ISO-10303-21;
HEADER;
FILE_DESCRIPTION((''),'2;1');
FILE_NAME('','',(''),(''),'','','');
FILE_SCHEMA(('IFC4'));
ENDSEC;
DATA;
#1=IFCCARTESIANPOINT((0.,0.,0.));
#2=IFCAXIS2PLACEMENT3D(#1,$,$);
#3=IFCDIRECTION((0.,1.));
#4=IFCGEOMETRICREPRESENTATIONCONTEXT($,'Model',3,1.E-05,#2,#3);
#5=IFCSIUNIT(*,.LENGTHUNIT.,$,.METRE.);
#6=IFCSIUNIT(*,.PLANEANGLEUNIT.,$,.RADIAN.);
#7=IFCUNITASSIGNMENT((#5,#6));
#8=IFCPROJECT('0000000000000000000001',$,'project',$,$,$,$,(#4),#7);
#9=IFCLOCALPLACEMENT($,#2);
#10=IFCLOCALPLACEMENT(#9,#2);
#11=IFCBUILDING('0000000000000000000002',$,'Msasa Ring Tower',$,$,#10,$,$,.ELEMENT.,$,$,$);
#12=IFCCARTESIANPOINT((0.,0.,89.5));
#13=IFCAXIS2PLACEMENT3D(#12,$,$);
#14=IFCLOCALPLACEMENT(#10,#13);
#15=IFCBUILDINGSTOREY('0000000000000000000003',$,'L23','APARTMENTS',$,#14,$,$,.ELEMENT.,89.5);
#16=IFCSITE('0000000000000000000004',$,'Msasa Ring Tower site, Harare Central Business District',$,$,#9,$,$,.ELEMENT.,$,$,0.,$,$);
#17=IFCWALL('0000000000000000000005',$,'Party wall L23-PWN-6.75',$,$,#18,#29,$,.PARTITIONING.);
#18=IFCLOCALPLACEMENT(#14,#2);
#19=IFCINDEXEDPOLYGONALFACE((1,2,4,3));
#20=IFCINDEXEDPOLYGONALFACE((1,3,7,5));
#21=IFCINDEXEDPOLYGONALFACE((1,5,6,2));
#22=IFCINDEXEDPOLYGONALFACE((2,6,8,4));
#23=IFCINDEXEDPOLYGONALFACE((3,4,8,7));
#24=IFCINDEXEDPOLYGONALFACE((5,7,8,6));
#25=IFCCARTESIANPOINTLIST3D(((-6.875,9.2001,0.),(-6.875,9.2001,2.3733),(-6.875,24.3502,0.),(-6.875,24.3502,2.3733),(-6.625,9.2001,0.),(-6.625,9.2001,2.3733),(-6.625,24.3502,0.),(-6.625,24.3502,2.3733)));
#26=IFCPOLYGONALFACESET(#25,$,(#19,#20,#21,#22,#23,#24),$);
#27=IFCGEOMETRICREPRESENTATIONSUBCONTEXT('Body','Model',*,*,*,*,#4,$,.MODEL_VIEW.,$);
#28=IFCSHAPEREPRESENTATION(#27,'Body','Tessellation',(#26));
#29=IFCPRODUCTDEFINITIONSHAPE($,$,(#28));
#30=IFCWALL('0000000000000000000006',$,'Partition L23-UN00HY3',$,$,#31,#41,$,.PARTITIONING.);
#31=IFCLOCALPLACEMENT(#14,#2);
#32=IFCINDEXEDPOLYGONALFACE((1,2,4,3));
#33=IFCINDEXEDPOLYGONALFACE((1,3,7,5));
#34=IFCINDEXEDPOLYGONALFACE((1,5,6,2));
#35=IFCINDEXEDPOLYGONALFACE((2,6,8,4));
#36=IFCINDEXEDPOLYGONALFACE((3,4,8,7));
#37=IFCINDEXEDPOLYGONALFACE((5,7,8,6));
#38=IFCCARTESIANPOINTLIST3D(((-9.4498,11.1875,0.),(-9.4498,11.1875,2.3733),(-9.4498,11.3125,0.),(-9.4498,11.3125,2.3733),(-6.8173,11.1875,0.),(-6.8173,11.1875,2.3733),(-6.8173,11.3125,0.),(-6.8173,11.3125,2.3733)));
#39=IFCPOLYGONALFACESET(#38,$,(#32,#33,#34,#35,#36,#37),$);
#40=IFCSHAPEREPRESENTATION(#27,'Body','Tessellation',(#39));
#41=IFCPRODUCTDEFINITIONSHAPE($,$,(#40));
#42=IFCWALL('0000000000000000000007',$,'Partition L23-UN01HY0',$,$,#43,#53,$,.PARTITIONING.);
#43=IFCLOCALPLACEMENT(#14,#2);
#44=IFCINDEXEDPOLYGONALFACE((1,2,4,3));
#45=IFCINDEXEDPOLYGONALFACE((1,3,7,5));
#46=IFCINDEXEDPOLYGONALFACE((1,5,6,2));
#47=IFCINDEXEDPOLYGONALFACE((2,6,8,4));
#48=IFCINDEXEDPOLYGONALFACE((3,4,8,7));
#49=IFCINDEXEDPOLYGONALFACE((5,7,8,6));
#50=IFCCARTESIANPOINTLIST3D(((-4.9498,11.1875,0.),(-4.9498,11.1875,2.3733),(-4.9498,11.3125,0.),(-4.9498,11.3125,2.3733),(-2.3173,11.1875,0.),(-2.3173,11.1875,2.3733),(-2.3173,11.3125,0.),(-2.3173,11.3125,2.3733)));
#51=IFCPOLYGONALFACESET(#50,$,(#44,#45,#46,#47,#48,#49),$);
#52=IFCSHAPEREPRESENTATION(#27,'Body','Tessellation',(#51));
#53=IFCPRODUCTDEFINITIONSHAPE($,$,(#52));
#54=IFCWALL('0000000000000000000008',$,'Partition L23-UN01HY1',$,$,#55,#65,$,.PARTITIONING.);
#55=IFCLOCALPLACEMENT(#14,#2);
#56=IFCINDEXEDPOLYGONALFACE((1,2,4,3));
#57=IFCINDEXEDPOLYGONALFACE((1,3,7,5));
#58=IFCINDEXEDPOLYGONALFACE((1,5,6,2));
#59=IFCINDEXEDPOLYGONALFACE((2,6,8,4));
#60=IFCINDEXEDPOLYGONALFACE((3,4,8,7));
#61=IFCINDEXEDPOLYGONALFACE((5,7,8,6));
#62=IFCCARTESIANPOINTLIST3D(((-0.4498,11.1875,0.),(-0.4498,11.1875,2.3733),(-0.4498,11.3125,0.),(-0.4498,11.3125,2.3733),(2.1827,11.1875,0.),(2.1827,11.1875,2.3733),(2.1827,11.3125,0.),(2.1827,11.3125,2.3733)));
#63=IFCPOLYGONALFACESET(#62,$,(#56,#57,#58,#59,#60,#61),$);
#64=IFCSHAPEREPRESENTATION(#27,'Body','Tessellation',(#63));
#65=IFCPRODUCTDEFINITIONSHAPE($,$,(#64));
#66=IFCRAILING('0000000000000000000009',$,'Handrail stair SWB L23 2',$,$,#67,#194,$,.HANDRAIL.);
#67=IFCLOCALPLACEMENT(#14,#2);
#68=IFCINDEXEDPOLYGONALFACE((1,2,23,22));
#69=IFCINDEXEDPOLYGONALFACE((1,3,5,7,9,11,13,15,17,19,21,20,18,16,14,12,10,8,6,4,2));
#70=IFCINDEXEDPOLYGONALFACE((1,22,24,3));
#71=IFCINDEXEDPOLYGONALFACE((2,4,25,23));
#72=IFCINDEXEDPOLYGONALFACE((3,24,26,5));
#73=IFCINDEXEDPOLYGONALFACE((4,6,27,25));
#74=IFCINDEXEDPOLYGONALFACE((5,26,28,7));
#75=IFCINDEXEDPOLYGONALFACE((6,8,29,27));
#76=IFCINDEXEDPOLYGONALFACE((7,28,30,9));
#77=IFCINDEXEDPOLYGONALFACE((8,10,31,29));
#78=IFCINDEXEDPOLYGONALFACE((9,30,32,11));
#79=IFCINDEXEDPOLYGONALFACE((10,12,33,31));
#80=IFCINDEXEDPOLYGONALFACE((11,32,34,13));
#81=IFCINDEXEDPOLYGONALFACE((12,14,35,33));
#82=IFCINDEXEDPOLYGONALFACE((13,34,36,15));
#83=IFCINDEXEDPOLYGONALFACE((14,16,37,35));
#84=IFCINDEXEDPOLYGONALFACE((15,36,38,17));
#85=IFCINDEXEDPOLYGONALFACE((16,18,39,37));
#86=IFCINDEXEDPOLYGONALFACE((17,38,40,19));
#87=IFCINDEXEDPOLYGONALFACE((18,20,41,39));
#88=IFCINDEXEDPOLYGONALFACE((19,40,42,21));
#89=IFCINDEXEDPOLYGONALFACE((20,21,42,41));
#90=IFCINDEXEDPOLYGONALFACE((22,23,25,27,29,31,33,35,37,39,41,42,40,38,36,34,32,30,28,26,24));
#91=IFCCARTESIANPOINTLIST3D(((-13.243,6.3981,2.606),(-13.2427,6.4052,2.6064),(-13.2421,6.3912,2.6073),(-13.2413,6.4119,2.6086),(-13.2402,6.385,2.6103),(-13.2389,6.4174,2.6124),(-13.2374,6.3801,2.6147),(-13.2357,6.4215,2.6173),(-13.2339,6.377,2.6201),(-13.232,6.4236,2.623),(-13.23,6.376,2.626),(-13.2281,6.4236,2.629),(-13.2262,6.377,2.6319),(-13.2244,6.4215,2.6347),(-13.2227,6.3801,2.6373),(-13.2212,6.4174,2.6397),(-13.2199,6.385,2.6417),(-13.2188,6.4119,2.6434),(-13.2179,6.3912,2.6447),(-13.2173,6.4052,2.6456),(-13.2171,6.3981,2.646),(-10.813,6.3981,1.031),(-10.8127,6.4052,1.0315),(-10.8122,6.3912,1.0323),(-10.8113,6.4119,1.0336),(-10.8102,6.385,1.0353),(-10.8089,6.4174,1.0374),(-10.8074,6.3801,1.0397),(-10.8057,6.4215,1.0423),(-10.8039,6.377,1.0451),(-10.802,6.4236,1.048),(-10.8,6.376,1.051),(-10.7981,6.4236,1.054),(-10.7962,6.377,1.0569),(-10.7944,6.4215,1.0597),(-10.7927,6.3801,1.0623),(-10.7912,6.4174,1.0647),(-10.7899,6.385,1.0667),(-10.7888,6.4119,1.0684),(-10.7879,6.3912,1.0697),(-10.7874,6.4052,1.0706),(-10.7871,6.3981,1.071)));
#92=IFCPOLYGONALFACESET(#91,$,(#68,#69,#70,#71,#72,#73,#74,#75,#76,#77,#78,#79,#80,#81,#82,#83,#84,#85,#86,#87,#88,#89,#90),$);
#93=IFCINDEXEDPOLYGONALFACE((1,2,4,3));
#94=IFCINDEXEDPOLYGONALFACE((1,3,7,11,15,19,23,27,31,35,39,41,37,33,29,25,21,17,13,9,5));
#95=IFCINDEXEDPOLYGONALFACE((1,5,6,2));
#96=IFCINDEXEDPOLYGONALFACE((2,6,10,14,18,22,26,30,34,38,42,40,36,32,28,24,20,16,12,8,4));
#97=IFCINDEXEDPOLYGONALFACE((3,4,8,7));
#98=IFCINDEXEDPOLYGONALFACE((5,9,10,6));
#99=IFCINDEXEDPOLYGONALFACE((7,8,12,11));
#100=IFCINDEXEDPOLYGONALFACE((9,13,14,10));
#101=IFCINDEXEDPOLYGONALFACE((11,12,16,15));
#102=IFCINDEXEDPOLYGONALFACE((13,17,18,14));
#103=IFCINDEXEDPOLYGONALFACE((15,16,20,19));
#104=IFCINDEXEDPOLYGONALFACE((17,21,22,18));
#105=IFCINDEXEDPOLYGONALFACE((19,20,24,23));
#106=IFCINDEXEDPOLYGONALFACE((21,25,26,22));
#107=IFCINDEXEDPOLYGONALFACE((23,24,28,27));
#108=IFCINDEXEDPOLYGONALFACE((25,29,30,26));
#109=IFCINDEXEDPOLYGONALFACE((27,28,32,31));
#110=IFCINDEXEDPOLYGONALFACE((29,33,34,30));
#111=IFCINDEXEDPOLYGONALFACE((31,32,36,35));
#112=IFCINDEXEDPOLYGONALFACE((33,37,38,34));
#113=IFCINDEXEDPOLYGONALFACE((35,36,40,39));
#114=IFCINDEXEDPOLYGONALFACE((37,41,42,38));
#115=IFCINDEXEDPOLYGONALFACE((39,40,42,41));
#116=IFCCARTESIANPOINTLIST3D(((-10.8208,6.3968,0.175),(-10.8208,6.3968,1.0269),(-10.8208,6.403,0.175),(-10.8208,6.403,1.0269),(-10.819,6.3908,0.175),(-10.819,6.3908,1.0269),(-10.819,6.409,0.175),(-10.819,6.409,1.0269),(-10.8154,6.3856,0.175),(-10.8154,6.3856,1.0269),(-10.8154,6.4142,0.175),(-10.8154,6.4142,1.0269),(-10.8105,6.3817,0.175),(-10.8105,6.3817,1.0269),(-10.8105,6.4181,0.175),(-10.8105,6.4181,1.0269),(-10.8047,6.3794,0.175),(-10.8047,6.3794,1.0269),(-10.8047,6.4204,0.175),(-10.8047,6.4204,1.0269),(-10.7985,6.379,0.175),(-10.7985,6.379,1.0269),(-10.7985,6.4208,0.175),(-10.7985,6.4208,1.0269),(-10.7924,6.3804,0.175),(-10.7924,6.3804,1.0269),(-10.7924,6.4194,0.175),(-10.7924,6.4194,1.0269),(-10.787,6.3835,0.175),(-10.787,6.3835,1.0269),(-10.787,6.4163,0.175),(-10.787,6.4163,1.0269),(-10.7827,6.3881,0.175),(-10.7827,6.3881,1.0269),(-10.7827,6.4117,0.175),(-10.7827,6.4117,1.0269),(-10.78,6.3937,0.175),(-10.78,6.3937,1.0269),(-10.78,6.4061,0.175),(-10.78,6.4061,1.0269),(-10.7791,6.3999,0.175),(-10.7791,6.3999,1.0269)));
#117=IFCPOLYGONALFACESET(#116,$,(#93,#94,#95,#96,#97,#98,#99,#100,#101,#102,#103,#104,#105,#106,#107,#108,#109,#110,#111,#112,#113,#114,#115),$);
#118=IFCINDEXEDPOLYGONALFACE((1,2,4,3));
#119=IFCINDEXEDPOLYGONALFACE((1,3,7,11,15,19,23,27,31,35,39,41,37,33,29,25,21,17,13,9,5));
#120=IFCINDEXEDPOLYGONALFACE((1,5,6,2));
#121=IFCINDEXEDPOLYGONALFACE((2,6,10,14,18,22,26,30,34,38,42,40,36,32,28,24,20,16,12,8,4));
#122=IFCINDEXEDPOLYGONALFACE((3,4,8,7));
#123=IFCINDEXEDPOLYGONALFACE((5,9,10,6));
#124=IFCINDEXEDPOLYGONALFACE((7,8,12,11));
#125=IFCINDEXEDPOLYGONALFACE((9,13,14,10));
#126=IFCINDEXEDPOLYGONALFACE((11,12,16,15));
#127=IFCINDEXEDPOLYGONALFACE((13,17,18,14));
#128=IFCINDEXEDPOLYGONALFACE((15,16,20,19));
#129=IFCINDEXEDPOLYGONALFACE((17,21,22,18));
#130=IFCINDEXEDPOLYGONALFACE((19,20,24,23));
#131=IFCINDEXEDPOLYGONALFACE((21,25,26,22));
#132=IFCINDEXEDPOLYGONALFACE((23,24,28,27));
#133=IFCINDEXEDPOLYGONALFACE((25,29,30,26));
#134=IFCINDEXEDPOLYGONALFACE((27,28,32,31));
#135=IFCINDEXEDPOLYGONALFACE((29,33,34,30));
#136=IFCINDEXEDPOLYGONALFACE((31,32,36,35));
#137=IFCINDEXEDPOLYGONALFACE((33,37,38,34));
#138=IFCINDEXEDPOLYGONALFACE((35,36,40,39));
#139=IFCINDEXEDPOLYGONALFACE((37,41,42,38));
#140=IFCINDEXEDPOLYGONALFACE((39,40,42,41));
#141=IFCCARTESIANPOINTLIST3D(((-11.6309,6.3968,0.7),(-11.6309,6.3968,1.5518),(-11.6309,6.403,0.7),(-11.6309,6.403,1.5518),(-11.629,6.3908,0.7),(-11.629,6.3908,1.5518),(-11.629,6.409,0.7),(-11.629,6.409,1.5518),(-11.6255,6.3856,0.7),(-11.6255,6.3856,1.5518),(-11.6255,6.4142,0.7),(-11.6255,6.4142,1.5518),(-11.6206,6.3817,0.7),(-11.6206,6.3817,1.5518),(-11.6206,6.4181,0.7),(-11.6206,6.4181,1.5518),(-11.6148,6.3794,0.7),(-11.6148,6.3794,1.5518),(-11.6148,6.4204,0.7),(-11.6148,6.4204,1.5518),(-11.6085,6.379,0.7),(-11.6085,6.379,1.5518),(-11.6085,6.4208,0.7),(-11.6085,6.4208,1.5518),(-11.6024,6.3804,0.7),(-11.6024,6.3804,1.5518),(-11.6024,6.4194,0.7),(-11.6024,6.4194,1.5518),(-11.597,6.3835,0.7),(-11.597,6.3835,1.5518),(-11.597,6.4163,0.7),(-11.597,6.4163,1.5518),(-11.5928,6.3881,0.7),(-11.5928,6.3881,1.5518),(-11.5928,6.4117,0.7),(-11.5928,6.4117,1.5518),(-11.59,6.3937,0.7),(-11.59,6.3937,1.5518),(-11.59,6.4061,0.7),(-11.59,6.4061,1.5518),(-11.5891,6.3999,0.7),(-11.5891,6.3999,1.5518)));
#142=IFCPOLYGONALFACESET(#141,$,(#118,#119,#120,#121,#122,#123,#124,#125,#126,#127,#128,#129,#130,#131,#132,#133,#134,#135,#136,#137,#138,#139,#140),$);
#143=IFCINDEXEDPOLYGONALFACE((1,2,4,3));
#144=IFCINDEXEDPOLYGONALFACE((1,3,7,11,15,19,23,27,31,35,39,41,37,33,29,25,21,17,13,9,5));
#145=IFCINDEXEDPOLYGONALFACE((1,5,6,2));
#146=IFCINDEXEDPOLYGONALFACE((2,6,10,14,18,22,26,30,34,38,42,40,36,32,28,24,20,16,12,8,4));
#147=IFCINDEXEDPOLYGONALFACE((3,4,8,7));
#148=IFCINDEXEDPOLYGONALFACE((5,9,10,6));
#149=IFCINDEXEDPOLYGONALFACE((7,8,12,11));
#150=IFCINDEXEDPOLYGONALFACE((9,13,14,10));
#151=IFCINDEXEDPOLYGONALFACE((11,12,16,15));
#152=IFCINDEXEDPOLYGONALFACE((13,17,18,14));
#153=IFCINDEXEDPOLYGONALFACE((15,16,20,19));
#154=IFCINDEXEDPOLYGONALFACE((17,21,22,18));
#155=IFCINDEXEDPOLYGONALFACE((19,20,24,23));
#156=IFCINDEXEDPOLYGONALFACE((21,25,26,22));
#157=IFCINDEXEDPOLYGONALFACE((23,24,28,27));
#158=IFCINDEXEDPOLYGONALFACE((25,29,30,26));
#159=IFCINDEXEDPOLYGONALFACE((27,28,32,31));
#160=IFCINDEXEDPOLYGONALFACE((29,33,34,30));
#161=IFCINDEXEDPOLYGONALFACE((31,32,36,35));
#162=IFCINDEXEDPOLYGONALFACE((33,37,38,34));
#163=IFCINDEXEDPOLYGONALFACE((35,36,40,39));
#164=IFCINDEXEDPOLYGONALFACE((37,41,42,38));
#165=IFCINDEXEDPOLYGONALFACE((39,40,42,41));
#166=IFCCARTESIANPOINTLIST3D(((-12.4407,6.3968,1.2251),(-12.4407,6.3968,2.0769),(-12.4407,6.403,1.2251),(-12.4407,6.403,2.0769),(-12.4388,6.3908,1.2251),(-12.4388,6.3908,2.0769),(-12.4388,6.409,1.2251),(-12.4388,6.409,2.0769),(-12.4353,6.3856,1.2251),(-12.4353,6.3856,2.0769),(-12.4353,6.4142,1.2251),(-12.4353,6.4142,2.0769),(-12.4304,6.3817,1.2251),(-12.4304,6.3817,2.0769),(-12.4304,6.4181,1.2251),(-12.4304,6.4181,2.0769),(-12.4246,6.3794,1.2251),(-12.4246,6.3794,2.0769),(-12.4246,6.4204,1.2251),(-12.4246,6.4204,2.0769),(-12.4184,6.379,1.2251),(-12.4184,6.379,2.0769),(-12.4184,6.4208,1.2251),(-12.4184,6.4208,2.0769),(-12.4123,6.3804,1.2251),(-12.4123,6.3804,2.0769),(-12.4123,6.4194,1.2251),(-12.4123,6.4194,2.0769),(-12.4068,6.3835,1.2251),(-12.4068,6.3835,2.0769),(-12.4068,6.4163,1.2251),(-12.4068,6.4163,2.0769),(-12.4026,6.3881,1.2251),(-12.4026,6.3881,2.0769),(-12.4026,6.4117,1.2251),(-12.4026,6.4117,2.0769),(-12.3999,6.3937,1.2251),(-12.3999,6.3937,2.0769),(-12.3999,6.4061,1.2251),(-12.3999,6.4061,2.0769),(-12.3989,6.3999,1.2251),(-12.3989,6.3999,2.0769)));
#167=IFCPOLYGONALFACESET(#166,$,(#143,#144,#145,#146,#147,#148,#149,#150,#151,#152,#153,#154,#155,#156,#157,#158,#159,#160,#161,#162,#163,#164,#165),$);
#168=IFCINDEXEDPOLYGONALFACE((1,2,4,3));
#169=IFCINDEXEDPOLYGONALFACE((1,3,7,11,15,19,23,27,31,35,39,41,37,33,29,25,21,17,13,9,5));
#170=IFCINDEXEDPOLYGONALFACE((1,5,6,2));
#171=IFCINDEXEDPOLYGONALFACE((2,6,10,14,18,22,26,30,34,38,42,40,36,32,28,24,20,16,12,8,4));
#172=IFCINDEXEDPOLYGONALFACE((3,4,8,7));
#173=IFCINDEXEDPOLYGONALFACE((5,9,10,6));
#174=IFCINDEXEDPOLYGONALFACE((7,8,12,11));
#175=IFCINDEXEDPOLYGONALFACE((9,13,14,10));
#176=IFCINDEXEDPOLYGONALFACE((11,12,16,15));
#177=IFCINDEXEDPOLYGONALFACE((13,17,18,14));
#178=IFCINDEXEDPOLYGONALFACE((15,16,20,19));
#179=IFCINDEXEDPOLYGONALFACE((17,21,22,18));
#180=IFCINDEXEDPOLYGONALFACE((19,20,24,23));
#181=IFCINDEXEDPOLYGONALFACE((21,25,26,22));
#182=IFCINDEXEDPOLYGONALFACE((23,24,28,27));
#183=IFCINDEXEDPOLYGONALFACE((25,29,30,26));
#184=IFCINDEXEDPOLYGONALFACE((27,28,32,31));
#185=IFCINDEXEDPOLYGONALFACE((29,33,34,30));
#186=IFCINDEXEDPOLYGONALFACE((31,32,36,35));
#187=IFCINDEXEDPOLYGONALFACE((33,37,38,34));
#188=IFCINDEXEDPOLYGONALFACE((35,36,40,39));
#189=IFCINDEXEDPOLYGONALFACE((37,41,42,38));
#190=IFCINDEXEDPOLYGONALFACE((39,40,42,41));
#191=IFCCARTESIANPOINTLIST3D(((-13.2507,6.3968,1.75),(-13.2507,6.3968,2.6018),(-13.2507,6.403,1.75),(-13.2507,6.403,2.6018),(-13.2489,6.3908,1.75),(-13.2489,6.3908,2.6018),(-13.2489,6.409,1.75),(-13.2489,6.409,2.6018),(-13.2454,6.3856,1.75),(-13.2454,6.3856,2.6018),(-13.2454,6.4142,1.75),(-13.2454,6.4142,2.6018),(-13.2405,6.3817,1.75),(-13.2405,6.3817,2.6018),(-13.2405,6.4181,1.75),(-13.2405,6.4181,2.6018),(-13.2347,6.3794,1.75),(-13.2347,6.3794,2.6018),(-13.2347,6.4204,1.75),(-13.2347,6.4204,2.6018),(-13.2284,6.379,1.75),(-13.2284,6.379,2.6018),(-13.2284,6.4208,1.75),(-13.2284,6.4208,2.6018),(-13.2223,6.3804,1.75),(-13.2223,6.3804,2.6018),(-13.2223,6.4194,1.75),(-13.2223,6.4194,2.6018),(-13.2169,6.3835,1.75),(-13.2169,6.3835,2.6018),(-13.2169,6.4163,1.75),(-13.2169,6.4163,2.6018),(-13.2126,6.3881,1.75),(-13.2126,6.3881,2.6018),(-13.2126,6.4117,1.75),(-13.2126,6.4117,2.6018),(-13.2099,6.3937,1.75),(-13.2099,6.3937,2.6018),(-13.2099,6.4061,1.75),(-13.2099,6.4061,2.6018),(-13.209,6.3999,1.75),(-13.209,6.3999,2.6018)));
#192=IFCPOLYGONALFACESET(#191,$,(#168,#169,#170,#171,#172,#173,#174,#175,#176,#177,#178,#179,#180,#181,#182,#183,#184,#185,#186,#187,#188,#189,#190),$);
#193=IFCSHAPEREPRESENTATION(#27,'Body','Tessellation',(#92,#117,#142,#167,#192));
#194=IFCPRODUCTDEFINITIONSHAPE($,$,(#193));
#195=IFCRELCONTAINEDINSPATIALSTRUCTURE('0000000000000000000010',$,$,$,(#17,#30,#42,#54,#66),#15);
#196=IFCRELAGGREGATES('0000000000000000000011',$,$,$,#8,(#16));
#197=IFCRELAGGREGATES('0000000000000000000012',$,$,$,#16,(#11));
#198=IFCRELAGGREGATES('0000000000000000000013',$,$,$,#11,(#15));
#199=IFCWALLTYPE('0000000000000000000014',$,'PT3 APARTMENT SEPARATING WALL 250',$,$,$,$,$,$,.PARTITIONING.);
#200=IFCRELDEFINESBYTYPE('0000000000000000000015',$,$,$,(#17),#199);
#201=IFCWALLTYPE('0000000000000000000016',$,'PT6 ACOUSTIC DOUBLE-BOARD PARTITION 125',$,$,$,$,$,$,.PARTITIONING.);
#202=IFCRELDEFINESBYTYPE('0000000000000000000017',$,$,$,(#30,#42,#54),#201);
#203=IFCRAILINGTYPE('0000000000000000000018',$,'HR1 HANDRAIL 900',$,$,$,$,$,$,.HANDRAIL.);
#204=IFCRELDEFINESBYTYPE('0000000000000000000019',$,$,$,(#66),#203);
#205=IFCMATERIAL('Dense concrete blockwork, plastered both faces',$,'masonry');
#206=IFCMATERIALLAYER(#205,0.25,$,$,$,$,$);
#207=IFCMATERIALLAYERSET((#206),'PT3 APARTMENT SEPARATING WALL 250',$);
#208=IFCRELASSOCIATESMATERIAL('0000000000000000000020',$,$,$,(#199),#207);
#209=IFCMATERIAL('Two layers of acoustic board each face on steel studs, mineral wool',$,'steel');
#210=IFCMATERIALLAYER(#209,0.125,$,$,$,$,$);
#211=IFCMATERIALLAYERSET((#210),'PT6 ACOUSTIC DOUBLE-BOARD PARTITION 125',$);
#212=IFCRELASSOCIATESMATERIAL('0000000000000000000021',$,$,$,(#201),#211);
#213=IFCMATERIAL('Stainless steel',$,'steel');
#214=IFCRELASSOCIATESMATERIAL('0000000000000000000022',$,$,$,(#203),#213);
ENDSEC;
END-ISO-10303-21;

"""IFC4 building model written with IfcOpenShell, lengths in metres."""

from ifc_helpers import new_model, si_unit, direction, frame, frame_2d, origin, origin_2d, place, context, subcontext, project, spatial, rectangle, circle, extrude, material, layer, layer_set, type_object, element, save


model = new_model("IFC4")

# Units and contexts
model_context = context("Model", 3, precision=1e-05, world=origin(), true_north=direction((0.0, 1.0)))
body_context = subcontext(model_context, "Body", "Model", "MODEL_VIEW")
ifc_project = project(units=[si_unit("LENGTHUNIT", "METRE"), si_unit("PLANEANGLEUNIT", "RADIAN")], contexts=[model_context])

# Site, building, storey
site_placement = place(None, origin())
site = spatial("IfcSite", under=ifc_project, at=site_placement, Name="Msasa Ring Tower site, Harare Central Business District", CompositionType="ELEMENT", RefElevation=0.0)
building_placement = place(site_placement, origin())
building = spatial("IfcBuilding", under=site, at=building_placement, Name="Msasa Ring Tower", CompositionType="ELEMENT")
storey_placement = place(building_placement, frame((0.0, 0.0, 89.5)))
storey = spatial("IfcBuildingStorey", under=building, at=storey_placement, Name="L23", Description="APARTMENTS", CompositionType="ELEMENT", Elevation=89.5)

# Walls
ifc_material_1 = material(Name="Dense concrete blockwork, plastered both faces", Category="masonry")
ifc_layer_1 = layer(ifc_material_1, 0.25)
ifc_layer_set_1 = layer_set([ifc_layer_1], Name="PT3 APARTMENT SEPARATING WALL 250")
wall_type_1 = type_object("IfcWallType", Name="PT3 APARTMENT SEPARATING WALL 250", PredefinedType="PARTITIONING", material=ifc_layer_set_1)
wall_1_placement = place(storey_placement, frame((-6.75, 9.2, 0.0), z_axis=(0.0, 0.0, 1.0), x_axis=(0.0, 1.0, 0.0)))
element("IfcWall", 1, at=wall_1_placement, inside=storey, type_object=wall_type_1, Name="Party wall L23-PWN-6.75", PredefinedType="PARTITIONING", context=body_context, shape_type="SweptSolid", body=[
    extrude(rectangle(XDim=15.1501, YDim=0.25, at=frame_2d((7.5752, 0.0))), origin(), (0.0, 0.0, 1.0), 2.3733),
])
ifc_material_2 = material(Name="Two layers of acoustic board each face on steel studs, mineral wool", Category="steel")
ifc_layer_2 = layer(ifc_material_2, 0.125)
ifc_layer_set_2 = layer_set([ifc_layer_2], Name="PT6 ACOUSTIC DOUBLE-BOARD PARTITION 125")
wall_type_2 = type_object("IfcWallType", Name="PT6 ACOUSTIC DOUBLE-BOARD PARTITION 125", PredefinedType="PARTITIONING", material=ifc_layer_set_2)
for number, where, z_axis, x_axis, name in (
    (2, (-9.45, 11.25, 0.0), (0.0, 0.0, 1.0), (1.0, 0.0, 0.0), "Partition L23-UN00HY3"),
    (3, (-4.95, 11.25, 0.0), (0.0, 0.0, 1.0), (1.0, 0.0, 0.0), "Partition L23-UN01HY0"),
    (4, (-0.45, 11.25, 0.0), (0.0, 0.0, 1.0), (1.0, 0.0, 0.0), "Partition L23-UN01HY1"),
):
    element("IfcWall", number, at=place(storey_placement, frame(where, z_axis=z_axis, x_axis=x_axis)), inside=storey, type_object=wall_type_2, Name=name, PredefinedType="PARTITIONING", context=body_context, shape_type="SweptSolid", body=[
        extrude(rectangle(XDim=2.6326, YDim=0.125, at=frame_2d((1.3164, 0.0))), origin(), (0.0, 0.0, 1.0), 2.3733),
    ])

# Railing
ifc_material_3 = material(Name="Stainless steel", Category="steel")
railing_type = type_object("IfcRailingType", Name="HR1 HANDRAIL 900", PredefinedType="HANDRAIL", material=ifc_material_3)
railing_placement = place(storey_placement, frame((-10.8, 6.3999, 0.175)))
element("IfcRailing", 5, at=railing_placement, inside=storey, type_object=railing_type, Name="Handrail stair SWB L23 2", PredefinedType="HANDRAIL", context=body_context, shape_type="SweptSolid", body=[
    extrude(circle(Radius=0.0239, at=origin_2d()), frame((0.0, 0.0, 0.876), z_axis=(-0.839154, 0.0, 0.543894), x_axis=(0.0, -1.0, 0.0)), (0.0, 0.0, 1.0), 2.8958),
    extrude(circle(Radius=0.021, at=origin_2d()), origin(), (0.0, 0.0, 1.0), 0.8518),
    extrude(circle(Radius=0.021, at=origin_2d()), frame((-0.8101, 0.0, 0.5249)), (0.0, 0.0, 1.0), 0.8518),
    extrude(circle(Radius=0.021, at=origin_2d()), frame((-1.6199, 0.0, 1.05)), (0.0, 0.0, 1.0), 0.8518),
    extrude(circle(Radius=0.021, at=origin_2d()), frame((-2.4299, 0.0, 1.575)), (0.0, 0.0, 1.0), 0.8518),
])

save(model, "model.ifc")
